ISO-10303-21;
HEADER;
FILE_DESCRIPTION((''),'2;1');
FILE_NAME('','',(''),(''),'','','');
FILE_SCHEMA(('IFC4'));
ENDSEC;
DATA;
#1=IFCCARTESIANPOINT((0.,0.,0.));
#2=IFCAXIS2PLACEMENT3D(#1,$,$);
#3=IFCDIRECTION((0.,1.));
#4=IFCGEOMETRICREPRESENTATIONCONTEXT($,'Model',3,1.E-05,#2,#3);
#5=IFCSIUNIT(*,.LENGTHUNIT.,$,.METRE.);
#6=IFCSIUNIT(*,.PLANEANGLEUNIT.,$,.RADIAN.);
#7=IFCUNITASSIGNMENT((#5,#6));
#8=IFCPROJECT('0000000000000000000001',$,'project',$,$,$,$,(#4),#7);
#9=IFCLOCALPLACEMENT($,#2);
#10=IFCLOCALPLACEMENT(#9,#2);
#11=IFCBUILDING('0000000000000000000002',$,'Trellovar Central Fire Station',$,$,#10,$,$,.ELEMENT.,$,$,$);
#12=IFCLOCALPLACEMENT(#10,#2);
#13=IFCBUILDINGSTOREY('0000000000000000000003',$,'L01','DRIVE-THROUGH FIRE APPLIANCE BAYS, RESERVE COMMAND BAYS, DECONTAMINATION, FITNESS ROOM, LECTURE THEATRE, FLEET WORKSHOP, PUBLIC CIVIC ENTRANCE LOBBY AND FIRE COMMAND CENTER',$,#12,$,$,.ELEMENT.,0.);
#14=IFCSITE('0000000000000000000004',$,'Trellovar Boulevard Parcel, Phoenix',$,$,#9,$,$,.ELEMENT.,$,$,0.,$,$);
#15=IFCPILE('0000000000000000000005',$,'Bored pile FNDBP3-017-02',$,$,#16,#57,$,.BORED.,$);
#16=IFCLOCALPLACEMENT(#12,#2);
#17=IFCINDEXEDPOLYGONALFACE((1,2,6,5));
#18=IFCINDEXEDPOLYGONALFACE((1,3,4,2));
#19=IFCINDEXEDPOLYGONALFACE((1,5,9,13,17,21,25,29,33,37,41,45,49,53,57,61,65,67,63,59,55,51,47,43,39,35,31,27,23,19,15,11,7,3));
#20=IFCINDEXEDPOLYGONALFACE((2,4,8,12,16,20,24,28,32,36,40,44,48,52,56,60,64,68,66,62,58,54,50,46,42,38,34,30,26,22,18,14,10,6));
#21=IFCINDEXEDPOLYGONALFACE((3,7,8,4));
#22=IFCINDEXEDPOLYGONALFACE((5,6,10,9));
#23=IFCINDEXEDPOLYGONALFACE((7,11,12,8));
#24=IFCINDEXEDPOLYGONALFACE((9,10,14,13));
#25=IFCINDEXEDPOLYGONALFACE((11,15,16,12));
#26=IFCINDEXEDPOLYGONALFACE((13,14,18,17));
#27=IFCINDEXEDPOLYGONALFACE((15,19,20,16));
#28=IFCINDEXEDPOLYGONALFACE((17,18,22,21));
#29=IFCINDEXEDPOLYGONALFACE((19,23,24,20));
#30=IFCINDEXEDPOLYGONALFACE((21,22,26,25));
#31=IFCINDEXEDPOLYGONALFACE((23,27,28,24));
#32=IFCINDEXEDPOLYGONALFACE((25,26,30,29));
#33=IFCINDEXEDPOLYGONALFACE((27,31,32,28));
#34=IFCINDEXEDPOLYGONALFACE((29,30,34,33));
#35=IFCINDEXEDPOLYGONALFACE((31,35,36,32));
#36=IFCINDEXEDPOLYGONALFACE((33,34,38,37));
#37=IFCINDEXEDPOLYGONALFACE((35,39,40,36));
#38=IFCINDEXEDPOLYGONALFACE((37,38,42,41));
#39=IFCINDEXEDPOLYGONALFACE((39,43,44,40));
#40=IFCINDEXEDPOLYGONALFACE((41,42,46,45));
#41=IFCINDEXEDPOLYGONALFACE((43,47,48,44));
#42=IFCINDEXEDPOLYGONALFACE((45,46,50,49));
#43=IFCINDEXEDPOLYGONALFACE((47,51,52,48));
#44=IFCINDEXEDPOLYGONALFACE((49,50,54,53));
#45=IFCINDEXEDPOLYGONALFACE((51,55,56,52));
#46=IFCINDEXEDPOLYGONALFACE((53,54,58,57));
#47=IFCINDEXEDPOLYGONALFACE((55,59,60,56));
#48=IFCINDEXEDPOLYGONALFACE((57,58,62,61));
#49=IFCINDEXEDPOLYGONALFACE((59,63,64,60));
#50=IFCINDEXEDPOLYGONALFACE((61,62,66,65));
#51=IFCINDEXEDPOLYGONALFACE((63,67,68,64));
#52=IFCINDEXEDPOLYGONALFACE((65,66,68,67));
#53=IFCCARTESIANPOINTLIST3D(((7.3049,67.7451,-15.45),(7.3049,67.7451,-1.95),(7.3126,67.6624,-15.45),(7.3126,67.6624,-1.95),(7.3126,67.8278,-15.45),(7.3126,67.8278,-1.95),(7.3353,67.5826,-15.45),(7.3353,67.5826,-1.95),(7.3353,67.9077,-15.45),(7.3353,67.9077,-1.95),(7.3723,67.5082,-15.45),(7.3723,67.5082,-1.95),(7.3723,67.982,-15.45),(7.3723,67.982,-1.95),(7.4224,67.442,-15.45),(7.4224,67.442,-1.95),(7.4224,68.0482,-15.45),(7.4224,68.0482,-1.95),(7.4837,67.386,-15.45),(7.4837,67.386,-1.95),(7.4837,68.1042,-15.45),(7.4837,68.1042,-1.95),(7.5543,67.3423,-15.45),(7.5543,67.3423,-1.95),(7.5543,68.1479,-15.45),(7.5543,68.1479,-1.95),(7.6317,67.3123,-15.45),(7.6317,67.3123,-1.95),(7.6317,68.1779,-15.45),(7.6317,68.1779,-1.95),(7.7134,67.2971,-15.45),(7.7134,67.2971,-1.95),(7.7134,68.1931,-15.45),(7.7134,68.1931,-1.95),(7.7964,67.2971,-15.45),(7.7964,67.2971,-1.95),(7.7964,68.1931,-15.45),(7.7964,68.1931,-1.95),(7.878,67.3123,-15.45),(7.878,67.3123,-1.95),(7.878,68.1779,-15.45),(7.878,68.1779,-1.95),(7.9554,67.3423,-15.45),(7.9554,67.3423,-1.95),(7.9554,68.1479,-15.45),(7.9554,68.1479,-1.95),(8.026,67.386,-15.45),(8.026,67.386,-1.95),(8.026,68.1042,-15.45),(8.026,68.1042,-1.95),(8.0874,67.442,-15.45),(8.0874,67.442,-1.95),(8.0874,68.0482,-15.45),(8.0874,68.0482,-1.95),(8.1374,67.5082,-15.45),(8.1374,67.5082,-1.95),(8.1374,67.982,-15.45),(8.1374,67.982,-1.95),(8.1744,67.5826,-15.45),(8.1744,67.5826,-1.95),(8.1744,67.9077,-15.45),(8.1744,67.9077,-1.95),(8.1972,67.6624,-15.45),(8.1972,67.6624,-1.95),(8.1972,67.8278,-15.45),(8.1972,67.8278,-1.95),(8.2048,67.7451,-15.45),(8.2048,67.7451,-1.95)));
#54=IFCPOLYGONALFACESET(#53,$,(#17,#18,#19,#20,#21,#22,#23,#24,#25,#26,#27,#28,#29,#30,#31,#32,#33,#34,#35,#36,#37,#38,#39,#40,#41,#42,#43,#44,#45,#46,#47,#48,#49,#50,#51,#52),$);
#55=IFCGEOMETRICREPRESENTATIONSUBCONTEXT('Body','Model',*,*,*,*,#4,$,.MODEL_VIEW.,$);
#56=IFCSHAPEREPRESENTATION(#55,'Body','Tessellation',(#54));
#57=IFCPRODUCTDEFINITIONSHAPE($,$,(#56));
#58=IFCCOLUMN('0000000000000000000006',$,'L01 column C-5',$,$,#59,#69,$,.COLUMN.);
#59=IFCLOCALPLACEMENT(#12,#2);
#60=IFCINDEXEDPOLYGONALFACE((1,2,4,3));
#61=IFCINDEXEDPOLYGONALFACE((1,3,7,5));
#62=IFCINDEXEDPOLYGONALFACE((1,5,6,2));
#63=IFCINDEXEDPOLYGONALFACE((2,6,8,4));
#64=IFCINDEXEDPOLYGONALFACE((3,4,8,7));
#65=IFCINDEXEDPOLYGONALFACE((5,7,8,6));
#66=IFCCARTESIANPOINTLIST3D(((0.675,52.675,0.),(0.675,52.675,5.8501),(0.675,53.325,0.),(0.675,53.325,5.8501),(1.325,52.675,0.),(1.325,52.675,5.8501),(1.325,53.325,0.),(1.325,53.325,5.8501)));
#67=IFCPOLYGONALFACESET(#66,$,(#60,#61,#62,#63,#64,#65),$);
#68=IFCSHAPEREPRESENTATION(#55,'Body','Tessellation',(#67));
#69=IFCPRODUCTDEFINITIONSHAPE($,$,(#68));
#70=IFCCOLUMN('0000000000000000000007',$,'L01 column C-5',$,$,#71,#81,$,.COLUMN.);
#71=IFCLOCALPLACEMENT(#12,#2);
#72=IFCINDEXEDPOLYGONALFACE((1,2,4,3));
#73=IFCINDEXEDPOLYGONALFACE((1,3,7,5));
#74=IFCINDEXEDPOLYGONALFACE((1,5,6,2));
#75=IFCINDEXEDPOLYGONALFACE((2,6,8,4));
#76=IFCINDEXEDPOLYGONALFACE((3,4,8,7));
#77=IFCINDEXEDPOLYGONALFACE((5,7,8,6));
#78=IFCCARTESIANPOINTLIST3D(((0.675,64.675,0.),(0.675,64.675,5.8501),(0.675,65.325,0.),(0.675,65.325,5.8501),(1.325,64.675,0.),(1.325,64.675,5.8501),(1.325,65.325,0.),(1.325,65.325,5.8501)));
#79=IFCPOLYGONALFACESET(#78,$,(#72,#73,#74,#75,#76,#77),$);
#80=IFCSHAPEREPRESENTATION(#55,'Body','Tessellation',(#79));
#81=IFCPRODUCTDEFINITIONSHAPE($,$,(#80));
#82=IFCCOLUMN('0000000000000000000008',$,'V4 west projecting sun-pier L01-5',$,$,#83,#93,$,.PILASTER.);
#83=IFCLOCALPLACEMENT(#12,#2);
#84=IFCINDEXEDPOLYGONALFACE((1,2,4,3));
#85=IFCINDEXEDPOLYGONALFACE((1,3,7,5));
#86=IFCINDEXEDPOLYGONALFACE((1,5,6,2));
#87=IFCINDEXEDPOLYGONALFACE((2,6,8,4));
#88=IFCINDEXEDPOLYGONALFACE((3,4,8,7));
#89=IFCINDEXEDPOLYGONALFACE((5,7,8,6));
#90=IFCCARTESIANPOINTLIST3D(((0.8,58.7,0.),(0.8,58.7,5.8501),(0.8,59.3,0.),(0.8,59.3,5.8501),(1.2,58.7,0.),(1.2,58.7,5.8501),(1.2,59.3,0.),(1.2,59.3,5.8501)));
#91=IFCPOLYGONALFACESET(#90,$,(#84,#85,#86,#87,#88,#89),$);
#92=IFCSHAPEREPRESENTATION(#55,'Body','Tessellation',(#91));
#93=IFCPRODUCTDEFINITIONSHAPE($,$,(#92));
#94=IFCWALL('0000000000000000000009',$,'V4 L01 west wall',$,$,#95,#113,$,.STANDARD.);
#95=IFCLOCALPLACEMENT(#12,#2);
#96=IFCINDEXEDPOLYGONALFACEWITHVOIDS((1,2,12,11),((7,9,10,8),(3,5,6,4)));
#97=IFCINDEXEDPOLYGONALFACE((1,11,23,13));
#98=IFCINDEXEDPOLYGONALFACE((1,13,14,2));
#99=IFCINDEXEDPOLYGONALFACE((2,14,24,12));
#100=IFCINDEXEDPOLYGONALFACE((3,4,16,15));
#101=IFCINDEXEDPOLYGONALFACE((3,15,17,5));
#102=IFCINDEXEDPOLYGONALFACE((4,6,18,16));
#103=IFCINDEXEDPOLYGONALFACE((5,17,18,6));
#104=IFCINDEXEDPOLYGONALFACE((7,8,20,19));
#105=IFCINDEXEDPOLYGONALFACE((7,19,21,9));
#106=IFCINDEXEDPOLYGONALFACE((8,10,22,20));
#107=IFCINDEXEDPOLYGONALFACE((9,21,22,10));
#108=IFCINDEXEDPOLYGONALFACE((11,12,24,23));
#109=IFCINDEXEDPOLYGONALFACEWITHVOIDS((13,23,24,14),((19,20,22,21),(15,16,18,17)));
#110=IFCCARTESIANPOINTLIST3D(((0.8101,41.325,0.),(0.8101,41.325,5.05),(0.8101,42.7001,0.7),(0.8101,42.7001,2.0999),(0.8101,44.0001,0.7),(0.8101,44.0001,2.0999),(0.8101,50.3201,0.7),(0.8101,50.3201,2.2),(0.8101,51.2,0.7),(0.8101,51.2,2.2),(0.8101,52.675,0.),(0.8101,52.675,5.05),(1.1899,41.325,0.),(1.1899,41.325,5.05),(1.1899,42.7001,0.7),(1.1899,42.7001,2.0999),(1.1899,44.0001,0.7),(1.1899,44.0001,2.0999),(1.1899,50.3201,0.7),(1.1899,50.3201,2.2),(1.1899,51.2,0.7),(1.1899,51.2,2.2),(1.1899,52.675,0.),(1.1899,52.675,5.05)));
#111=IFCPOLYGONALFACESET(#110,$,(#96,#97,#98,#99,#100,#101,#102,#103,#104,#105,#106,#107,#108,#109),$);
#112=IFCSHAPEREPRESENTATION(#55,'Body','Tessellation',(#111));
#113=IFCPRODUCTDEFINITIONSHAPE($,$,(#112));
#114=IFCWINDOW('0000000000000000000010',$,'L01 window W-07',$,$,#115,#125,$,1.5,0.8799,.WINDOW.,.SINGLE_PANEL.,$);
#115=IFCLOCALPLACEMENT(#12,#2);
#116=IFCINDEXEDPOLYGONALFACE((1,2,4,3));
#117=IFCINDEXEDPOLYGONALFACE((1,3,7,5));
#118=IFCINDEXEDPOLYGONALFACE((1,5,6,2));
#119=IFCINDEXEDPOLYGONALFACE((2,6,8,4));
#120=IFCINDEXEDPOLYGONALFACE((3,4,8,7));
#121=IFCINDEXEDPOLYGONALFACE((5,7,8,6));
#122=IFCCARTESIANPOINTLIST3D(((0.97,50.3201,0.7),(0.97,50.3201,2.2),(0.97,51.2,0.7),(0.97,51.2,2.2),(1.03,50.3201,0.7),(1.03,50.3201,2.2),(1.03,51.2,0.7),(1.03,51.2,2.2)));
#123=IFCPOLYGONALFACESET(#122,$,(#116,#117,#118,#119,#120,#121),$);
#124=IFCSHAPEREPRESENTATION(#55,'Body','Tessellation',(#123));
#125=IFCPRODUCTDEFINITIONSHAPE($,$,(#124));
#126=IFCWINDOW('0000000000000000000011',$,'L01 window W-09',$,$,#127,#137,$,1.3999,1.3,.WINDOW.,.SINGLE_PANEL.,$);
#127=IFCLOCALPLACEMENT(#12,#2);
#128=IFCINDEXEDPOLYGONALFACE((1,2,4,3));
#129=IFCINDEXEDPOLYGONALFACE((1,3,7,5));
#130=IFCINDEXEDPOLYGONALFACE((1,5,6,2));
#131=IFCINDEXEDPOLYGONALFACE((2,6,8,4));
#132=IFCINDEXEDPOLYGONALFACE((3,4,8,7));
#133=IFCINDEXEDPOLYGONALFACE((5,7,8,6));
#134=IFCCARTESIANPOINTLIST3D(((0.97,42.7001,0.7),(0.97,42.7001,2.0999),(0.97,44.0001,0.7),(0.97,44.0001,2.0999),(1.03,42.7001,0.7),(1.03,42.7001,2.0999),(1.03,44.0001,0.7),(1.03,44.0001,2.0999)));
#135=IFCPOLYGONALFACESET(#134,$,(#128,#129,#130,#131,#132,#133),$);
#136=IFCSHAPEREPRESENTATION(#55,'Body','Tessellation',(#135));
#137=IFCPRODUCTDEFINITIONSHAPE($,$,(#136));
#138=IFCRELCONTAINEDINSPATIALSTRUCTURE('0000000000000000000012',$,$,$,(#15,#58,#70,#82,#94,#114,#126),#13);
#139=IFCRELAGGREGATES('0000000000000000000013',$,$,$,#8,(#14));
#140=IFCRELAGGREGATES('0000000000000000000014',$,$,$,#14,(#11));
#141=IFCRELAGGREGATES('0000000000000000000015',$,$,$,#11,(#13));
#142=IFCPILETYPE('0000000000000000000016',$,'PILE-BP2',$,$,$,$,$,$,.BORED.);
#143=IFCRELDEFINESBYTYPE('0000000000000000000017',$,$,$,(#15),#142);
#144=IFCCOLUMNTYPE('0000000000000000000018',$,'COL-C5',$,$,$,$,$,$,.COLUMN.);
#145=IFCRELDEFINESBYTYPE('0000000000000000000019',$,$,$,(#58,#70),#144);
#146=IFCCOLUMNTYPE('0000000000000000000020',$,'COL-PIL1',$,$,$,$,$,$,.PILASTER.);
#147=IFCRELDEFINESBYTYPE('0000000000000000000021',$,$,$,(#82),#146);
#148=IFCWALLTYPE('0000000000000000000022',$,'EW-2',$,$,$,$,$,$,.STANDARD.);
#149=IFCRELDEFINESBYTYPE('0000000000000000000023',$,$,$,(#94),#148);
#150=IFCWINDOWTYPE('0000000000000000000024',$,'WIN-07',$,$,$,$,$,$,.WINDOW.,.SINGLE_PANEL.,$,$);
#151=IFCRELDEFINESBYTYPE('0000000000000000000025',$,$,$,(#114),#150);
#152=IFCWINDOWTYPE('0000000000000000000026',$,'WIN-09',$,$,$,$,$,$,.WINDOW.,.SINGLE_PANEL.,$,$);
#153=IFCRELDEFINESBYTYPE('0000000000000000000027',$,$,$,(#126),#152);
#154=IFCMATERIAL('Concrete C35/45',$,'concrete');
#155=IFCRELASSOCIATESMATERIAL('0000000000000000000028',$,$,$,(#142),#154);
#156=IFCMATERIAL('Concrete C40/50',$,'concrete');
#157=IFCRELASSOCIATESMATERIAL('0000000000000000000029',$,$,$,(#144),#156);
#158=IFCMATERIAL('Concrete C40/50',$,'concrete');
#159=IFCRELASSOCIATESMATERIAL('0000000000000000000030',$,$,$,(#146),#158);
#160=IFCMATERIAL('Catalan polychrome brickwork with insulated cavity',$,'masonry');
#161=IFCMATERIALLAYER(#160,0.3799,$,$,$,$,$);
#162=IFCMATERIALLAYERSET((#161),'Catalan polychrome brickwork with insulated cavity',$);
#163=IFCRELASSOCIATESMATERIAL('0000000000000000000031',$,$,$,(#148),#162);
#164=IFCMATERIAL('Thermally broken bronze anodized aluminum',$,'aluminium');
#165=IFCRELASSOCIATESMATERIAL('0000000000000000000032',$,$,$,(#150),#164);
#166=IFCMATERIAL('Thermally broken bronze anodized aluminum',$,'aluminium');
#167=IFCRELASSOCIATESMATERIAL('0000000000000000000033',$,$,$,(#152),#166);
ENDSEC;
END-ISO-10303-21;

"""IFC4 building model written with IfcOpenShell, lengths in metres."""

from ifc_helpers import new_model, si_unit, direction, frame, frame_2d, origin, origin_2d, place, context, subcontext, project, spatial, rectangle, circle, extrude, material, layer, layer_set, material_profile, profile_set, type_object, element, fill, save


model = new_model("IFC4")

# Units and contexts
model_context = context("Model", 3, precision=1e-05, world=origin(), true_north=direction((0.0, 1.0)))
body_context = subcontext(model_context, "Body", "Model", "MODEL_VIEW")
ifc_project = project(units=[si_unit("LENGTHUNIT", "METRE"), si_unit("PLANEANGLEUNIT", "RADIAN")], contexts=[model_context])

# Site, building, storey
site_placement = place(None, origin())
site = spatial("IfcSite", under=ifc_project, at=site_placement, Name="Trellovar Boulevard Parcel, Phoenix", CompositionType="ELEMENT", RefElevation=0.0)
building_placement = place(site_placement, origin())
building = spatial("IfcBuilding", under=site, at=building_placement, Name="Trellovar Central Fire Station", CompositionType="ELEMENT")
storey_placement = place(building_placement, origin())
storey = spatial("IfcBuildingStorey", under=building, at=storey_placement, Name="L01", Description="DRIVE-THROUGH FIRE APPLIANCE BAYS, RESERVE COMMAND BAYS, DECONTAMINATION, FITNESS ROOM, LECTURE THEATRE, FLEET WORKSHOP, PUBLIC CIVIC ENTRANCE LOBBY AND FIRE COMMAND CENTER", CompositionType="ELEMENT", Elevation=0.0)

# Pile
ifc_material_1 = material(Name="Concrete C35/45", Category="concrete")
ifc_material_profile_1 = material_profile(ifc_material_1, circle(Radius=0.45, at=origin_2d()), Name="PILE900")
ifc_profile_set_1 = profile_set([ifc_material_profile_1], Name="Concrete C35/45")
pile_type_1 = type_object("IfcPileType", Name="PILE-BP2", PredefinedType="BORED", material=ifc_profile_set_1)
for number, where, z_axis, x_axis, name in (
    (1, (7.7549, 67.7451, -1.95), (0.0, 0.0, -1.0), (1.0, 0.0, 0.0), "Bored pile FNDBP3-017-02"),
):
    element("IfcPile", number, at=place(storey_placement, frame(where, z_axis=z_axis, x_axis=x_axis)), inside=storey, type_object=pile_type_1, Name=name, PredefinedType="BORED", context=body_context, shape_type="SweptSolid", body=[
        extrude(circle(Radius=0.45, at=origin_2d()), origin(), (0.0, 0.0, 1.0), 13.5),
    ])

# Columns
ifc_material_2 = material(Name="Concrete C40/50", Category="concrete")
ifc_material_profile_2 = material_profile(ifc_material_2, rectangle(XDim=0.6499, YDim=0.6499, at=origin_2d()), Name="RC650X650")
ifc_profile_set_2 = profile_set([ifc_material_profile_2], Name="Concrete C40/50")
column_type_1 = type_object("IfcColumnType", Name="COL-C5", PredefinedType="COLUMN", material=ifc_profile_set_2)
for number, where, z_axis, x_axis, name in (
    (2, (1.0, 53.0, 0.0), (0.0, 0.0, 1.0), (1.0, 0.0, 0.0), "L01 column C-5"),
    (3, (1.0, 65.0, 0.0), (0.0, 0.0, 1.0), (1.0, 0.0, 0.0), "L01 column C-5"),
):
    element("IfcColumn", number, at=place(storey_placement, frame(where, z_axis=z_axis, x_axis=x_axis)), inside=storey, type_object=column_type_1, Name=name, PredefinedType="COLUMN", context=body_context, shape_type="SweptSolid", body=[
        extrude(rectangle(XDim=0.6499, YDim=0.6499, at=origin_2d()), origin(), (0.0, 0.0, 1.0), 5.8501),
    ])
ifc_material_3 = material(Name="Concrete C40/50", Category="concrete")
ifc_material_profile_3 = material_profile(ifc_material_3, rectangle(XDim=0.3999, YDim=0.6001, at=origin_2d()), Name="RC400X600")
ifc_profile_set_3 = profile_set([ifc_material_profile_3], Name="Concrete C40/50")
column_type_2 = type_object("IfcColumnType", Name="COL-PIL1", PredefinedType="PILASTER", material=ifc_profile_set_3)
column_placement = place(storey_placement, frame((1.0, 59.0, 0.0), z_axis=(0.0, 0.0, 1.0), x_axis=(1.0, 0.0, 0.0)))
element("IfcColumn", 4, at=column_placement, inside=storey, type_object=column_type_2, Name="V4 west projecting sun-pier L01-5", PredefinedType="PILASTER", context=body_context, shape_type="SweptSolid", body=[
    extrude(rectangle(XDim=0.3999, YDim=0.6001, at=origin_2d()), origin(), (0.0, 0.0, 1.0), 5.8501),
])

# Wall, openings, windows
ifc_material_4 = material(Name="Catalan polychrome brickwork with insulated cavity", Category="masonry")
ifc_layer_1 = layer(ifc_material_4, 0.3799)
ifc_layer_set_1 = layer_set([ifc_layer_1], Name="Catalan polychrome brickwork with insulated cavity")
wall_type_1 = type_object("IfcWallType", Name="EW-2", PredefinedType="STANDARD", material=ifc_layer_set_1)
wall_1_placement = place(storey_placement, frame((1.0, 52.675, 0.0), z_axis=(0.0, 0.0, 1.0), x_axis=(0.0, -1.0, 0.0)))
wall_1 = element("IfcWall", 5, at=wall_1_placement, inside=storey, type_object=wall_type_1, Name="V4 L01 west wall", PredefinedType="STANDARD", context=body_context, shape_type="SweptSolid", body=[
    extrude(rectangle(XDim=11.3501, YDim=0.3799, at=frame_2d((5.675, 0.0))), origin(), (0.0, 0.0, 1.0), 5.05),
])
opening_1_placement = place(wall_1_placement, frame((1.4751, 0.0, 0.7)))
opening_1 = element("IfcOpeningElement", 6, at=opening_1_placement, cuts=wall_1, PredefinedType="OPENING", context=body_context, shape_type="SweptSolid", body=[
    extrude(rectangle(XDim=0.8799, YDim=1.5, at=frame_2d((0.4399, 0.75))), frame((0.0, 0.2, 0.0), z_axis=(0.0, -1.0, 0.0), x_axis=(1.0, 0.0, 0.0)), (0.0, 0.0, 1.0), 0.3999),
])
opening_2_placement = place(wall_1_placement, frame((8.675, 0.0, 0.7)))
opening_2 = element("IfcOpeningElement", 7, at=opening_2_placement, cuts=wall_1, PredefinedType="OPENING", context=body_context, shape_type="SweptSolid", body=[
    extrude(rectangle(XDim=1.3, YDim=1.3999, at=frame_2d((0.6499, 0.7))), frame((0.0, 0.2, 0.0), z_axis=(0.0, -1.0, 0.0), x_axis=(1.0, 0.0, 0.0)), (0.0, 0.0, 1.0), 0.3999),
])
ifc_material_5 = material(Name="Thermally broken bronze anodized aluminum", Category="aluminium")
window_type_1 = type_object("IfcWindowType", Name="WIN-07", PartitioningType="SINGLE_PANEL", PredefinedType="WINDOW", material=ifc_material_5)
window_1_placement = place(opening_1_placement, origin())
window_1 = element("IfcWindow", 8, at=window_1_placement, inside=storey, type_object=window_type_1, Name="L01 window W-07", OverallHeight=1.5, OverallWidth=0.8799, PartitioningType="SINGLE_PANEL", PredefinedType="WINDOW", context=body_context, shape_type="SweptSolid", body=[
    extrude(rectangle(XDim=0.8799, YDim=1.5, at=frame_2d((0.4399, 0.75))), frame((0.0, 0.03, 0.0), z_axis=(0.0, -1.0, 0.0), x_axis=(1.0, 0.0, 0.0)), (0.0, 0.0, 1.0), 0.0601),
])
fill(opening_1, window_1)
ifc_material_6 = material(Name="Thermally broken bronze anodized aluminum", Category="aluminium")
window_type_2 = type_object("IfcWindowType", Name="WIN-09", PartitioningType="SINGLE_PANEL", PredefinedType="WINDOW", material=ifc_material_6)
window_2_placement = place(opening_2_placement, origin())
window_2 = element("IfcWindow", 9, at=window_2_placement, inside=storey, type_object=window_type_2, Name="L01 window W-09", OverallHeight=1.3999, OverallWidth=1.3, PartitioningType="SINGLE_PANEL", PredefinedType="WINDOW", context=body_context, shape_type="SweptSolid", body=[
    extrude(rectangle(XDim=1.3, YDim=1.3999, at=frame_2d((0.6499, 0.7))), frame((0.0, 0.03, 0.0), z_axis=(0.0, -1.0, 0.0), x_axis=(1.0, 0.0, 0.0)), (0.0, 0.0, 1.0), 0.0601),
])
fill(opening_2, window_2)

save(model, "model.ifc")
